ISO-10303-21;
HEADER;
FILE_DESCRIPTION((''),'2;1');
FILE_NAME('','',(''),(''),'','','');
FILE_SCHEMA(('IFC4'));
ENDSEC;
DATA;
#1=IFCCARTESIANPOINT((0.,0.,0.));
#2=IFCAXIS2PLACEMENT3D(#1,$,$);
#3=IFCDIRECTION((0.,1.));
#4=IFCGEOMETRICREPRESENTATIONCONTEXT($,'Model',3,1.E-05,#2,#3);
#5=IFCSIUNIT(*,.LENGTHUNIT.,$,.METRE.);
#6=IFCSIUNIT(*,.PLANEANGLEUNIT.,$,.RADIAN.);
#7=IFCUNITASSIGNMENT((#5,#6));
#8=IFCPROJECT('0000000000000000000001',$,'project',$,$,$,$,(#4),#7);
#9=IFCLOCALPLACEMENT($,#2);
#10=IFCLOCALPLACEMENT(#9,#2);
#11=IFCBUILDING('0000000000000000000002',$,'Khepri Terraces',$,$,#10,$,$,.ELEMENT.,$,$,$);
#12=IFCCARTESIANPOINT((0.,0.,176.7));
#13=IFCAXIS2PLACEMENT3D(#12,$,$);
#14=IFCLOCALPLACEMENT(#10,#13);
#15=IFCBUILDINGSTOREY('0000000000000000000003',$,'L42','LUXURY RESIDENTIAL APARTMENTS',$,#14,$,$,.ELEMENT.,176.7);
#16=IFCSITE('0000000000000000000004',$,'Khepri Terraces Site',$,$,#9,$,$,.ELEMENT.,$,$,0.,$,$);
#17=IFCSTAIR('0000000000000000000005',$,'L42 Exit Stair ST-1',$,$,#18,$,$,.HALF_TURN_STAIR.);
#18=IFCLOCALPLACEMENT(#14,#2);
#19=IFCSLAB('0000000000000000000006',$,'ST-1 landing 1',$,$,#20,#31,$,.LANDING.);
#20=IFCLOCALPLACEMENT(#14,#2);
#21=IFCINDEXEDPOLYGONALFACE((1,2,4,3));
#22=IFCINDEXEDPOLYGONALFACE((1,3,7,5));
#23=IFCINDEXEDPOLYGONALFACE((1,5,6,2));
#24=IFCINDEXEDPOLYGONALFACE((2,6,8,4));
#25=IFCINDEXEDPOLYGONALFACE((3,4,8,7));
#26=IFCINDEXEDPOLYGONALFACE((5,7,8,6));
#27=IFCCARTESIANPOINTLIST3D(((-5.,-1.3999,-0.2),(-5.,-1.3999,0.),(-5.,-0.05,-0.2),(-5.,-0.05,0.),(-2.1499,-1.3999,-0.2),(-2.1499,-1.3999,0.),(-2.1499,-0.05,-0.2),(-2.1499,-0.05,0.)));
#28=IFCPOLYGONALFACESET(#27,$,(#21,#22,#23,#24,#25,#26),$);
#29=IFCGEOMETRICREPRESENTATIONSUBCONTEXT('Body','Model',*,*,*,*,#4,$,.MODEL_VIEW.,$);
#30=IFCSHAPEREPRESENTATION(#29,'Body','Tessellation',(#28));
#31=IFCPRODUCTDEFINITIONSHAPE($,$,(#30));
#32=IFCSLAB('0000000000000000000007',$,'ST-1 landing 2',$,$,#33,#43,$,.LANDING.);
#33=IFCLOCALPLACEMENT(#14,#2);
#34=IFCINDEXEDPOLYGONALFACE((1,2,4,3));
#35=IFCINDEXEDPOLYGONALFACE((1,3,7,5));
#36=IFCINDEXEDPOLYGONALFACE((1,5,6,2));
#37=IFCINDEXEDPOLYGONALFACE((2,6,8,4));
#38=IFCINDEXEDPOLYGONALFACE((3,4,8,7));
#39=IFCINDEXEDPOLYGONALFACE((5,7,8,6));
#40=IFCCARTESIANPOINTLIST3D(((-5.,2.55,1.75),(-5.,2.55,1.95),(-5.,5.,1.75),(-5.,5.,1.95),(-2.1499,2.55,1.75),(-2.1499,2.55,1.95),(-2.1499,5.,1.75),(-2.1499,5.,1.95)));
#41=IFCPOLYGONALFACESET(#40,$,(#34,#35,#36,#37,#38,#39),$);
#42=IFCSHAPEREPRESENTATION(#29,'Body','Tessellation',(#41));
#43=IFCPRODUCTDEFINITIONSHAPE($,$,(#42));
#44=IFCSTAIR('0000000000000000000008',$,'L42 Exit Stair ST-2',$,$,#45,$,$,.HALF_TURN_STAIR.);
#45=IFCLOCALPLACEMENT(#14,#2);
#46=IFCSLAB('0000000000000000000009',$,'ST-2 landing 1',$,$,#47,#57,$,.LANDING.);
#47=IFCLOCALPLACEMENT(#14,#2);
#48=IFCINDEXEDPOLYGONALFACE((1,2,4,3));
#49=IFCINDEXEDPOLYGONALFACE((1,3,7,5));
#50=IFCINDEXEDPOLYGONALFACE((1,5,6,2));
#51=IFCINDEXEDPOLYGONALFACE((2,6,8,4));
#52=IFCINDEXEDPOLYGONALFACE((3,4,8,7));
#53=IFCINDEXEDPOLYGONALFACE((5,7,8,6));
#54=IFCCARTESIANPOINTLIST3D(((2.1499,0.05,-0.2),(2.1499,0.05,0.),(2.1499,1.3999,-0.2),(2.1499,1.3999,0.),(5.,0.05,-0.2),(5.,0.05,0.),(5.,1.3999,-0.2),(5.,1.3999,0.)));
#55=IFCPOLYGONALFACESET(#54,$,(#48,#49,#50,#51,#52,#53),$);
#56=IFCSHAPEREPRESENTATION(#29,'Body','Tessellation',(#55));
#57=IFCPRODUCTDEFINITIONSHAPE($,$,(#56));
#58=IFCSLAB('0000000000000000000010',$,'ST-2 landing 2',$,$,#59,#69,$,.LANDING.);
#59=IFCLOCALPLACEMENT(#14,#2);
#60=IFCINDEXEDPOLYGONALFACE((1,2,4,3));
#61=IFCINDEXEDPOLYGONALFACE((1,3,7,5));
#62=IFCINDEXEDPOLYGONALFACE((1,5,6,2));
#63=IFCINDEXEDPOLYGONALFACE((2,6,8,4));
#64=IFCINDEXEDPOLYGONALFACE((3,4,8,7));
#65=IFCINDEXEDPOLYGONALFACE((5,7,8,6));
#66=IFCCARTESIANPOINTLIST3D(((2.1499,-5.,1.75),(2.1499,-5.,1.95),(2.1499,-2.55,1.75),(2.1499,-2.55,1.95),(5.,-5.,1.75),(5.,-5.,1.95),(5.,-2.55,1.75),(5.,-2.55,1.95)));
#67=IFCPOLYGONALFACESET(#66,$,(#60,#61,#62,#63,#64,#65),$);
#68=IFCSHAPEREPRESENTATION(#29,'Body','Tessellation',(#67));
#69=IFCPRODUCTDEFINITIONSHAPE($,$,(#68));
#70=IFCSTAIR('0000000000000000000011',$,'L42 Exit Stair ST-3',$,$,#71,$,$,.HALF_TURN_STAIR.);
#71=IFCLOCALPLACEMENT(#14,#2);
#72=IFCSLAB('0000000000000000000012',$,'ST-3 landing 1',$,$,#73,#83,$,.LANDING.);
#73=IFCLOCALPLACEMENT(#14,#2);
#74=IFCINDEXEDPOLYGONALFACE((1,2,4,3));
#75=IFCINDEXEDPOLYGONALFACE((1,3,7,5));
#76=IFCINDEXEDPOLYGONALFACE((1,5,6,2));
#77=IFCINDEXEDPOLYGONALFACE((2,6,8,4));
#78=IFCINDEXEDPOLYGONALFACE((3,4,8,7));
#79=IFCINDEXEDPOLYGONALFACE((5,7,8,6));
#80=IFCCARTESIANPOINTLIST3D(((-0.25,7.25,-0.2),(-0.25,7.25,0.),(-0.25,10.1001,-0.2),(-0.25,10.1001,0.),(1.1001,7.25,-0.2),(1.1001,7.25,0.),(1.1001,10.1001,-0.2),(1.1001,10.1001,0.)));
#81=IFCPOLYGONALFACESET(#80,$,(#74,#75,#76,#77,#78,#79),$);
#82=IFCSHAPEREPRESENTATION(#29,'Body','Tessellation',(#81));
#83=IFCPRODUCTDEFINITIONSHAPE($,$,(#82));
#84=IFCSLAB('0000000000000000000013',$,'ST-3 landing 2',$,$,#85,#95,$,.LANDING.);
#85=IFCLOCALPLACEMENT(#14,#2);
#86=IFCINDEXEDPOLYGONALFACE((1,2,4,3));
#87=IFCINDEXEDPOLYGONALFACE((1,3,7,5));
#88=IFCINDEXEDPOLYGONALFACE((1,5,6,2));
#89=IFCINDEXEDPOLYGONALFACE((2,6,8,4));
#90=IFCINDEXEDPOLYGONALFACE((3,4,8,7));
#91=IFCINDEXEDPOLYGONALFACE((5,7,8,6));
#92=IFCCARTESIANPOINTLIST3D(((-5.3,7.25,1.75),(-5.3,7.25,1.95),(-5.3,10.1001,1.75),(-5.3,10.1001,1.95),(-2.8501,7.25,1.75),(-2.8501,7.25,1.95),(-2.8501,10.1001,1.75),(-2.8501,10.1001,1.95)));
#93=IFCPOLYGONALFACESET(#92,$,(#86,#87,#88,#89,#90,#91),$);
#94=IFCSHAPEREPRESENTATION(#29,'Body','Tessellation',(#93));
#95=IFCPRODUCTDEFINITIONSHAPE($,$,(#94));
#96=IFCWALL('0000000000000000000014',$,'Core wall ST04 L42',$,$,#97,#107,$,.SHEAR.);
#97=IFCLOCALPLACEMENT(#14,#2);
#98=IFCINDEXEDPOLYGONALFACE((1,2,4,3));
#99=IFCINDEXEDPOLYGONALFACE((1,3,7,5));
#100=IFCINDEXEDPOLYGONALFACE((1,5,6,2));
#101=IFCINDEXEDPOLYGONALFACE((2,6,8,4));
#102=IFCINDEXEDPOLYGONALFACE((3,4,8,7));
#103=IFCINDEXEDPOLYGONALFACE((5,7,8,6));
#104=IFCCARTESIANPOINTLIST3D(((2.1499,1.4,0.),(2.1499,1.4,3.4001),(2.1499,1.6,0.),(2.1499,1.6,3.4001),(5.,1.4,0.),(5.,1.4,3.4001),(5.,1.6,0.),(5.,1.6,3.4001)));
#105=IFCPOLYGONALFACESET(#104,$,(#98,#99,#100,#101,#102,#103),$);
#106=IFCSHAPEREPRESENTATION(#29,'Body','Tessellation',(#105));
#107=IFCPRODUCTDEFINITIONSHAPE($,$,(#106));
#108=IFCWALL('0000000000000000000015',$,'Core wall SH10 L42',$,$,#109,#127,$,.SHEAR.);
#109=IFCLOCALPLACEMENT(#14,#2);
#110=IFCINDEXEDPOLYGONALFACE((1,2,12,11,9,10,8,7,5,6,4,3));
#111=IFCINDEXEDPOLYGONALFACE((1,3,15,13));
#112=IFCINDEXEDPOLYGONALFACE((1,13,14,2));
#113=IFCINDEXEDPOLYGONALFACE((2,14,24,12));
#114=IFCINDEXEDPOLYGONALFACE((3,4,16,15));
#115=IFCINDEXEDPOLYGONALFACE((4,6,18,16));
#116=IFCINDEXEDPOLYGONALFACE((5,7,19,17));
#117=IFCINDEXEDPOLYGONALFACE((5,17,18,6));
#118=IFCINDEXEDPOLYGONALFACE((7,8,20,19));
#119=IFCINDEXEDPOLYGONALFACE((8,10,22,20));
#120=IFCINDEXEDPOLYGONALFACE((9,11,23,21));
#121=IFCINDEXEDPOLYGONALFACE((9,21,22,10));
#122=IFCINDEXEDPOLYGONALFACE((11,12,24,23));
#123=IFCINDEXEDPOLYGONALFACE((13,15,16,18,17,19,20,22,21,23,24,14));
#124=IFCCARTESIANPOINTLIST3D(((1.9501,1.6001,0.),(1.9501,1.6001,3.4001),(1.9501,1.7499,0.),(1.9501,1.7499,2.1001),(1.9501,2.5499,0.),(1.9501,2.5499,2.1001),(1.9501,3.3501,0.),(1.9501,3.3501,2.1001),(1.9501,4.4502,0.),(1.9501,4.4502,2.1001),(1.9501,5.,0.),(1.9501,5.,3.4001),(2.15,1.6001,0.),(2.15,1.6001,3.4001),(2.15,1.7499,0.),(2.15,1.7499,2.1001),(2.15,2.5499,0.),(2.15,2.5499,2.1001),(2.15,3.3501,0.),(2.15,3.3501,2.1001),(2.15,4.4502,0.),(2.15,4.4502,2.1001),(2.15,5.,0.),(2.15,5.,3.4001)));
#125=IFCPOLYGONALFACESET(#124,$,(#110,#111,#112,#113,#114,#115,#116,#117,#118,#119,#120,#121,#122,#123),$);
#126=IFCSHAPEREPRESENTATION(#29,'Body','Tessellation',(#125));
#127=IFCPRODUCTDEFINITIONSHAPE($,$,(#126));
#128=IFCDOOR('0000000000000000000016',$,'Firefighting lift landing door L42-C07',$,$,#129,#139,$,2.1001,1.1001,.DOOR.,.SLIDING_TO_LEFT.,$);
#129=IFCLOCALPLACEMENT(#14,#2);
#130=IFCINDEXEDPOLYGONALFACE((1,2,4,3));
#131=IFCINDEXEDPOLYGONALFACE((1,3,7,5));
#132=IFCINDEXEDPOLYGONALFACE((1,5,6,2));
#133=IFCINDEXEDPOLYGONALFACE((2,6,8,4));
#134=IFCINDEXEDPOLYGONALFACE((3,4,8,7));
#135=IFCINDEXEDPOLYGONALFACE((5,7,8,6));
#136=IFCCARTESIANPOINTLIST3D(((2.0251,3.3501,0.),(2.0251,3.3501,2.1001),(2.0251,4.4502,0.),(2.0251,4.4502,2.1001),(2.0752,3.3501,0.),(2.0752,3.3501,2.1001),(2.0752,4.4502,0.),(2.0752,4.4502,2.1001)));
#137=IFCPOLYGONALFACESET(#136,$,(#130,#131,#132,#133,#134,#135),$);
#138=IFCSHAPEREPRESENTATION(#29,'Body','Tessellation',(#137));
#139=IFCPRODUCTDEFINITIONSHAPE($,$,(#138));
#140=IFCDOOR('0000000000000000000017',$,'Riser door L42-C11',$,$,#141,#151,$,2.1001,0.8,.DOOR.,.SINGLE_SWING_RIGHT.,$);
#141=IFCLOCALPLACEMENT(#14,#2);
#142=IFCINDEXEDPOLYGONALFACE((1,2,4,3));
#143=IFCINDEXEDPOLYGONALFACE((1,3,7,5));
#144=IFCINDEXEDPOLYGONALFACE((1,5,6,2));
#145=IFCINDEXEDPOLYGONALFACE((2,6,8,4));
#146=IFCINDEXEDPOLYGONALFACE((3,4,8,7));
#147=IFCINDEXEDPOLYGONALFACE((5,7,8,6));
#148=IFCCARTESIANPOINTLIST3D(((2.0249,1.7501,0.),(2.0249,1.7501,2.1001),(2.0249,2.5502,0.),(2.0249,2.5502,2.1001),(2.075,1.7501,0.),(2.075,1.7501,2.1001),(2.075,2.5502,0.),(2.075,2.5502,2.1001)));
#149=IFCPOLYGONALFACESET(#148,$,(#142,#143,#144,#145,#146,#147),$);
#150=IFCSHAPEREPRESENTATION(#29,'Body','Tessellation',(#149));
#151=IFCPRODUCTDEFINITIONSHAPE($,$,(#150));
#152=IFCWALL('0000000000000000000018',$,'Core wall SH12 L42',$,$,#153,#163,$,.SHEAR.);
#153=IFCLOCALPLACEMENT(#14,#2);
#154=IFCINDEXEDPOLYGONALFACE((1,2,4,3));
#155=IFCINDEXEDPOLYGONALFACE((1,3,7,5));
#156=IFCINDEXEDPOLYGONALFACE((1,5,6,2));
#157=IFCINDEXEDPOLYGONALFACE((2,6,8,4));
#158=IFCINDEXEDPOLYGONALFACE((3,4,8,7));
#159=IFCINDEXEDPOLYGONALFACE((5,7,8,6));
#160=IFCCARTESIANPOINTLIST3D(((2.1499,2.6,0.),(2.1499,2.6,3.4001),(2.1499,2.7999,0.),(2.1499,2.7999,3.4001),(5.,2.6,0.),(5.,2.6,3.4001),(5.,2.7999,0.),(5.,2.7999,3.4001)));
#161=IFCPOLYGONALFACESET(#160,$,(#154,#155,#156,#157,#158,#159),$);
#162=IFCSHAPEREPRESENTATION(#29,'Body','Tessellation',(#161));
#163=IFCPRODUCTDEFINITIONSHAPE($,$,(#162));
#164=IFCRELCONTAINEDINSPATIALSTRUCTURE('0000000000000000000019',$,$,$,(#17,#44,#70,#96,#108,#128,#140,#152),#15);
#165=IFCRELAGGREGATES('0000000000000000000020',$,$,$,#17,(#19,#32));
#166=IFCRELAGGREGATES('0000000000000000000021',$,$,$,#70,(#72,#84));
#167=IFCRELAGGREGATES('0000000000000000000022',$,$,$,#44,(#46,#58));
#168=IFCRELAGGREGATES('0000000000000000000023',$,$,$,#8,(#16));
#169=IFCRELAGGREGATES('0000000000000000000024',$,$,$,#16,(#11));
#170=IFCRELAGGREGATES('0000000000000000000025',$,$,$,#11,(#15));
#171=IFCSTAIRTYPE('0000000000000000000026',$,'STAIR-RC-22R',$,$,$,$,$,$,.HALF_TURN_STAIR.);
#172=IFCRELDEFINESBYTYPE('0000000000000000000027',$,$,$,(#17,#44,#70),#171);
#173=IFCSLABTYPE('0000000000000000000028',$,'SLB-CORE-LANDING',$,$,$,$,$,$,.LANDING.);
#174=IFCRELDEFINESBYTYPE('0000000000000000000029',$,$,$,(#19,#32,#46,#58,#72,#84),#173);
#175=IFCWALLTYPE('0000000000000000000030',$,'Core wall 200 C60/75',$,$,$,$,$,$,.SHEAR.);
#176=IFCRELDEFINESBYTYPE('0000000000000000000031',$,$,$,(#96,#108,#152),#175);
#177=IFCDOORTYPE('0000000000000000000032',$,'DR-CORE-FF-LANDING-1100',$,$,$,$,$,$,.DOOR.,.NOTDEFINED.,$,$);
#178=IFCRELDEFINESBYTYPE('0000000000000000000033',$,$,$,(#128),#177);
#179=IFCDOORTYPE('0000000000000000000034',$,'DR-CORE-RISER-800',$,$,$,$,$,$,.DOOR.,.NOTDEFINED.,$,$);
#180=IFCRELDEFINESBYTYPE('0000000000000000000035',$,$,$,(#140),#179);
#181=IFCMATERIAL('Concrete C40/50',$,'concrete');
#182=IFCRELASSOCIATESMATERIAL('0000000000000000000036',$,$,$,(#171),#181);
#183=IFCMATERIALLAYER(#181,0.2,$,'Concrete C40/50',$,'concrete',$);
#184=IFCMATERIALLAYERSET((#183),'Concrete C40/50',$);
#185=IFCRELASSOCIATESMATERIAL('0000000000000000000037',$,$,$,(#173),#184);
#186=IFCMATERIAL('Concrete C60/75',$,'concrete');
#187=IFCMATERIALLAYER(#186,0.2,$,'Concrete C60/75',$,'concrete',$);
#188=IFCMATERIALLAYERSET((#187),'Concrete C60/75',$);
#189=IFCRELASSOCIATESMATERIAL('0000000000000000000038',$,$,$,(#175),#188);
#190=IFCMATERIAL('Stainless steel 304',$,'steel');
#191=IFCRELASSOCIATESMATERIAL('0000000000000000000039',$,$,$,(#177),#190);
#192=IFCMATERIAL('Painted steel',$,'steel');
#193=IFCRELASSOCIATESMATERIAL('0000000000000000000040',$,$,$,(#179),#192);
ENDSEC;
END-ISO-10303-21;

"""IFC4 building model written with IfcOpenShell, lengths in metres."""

from ifc_helpers import new_model, si_unit, direction, frame, frame_2d, origin, place, context, subcontext, project, spatial, polyline, rectangle, outline, extrude, material, layer, layer_set, type_object, element, fill, aggregate, save


model = new_model("IFC4")

# Units and contexts
model_context = context("Model", 3, precision=1e-05, world=origin(), true_north=direction((0.0, 1.0)))
body_context = subcontext(model_context, "Body", "Model", "MODEL_VIEW")
ifc_project = project(units=[si_unit("LENGTHUNIT", "METRE"), si_unit("PLANEANGLEUNIT", "RADIAN")], contexts=[model_context])

# Site, building, storey
site_placement = place(None, origin())
site = spatial("IfcSite", under=ifc_project, at=site_placement, Name="Khepri Terraces Site", CompositionType="ELEMENT", RefElevation=0.0)
building_placement = place(site_placement, origin())
building = spatial("IfcBuilding", under=site, at=building_placement, Name="Khepri Terraces", CompositionType="ELEMENT")
storey_placement = place(building_placement, frame((0.0, 0.0, 176.7)))
storey = spatial("IfcBuildingStorey", under=building, at=storey_placement, Name="L42", Description="LUXURY RESIDENTIAL APARTMENTS", CompositionType="ELEMENT", Elevation=176.7)

# Stairs, slabs
ifc_material_1 = material(Name="Concrete C40/50", Category="concrete")
stair_type = type_object("IfcStairType", Name="STAIR-RC-22R", PredefinedType="HALF_TURN_STAIR", material=ifc_material_1)
stair_1_placement = place(storey_placement, origin())
stair_1 = element("IfcStair", 1, at=stair_1_placement, inside=storey, type_object=stair_type, Name="L42 Exit Stair ST-1", PredefinedType="HALF_TURN_STAIR")
ifc_layer_1 = layer(ifc_material_1, 0.2, Name="Concrete C40/50", Category="concrete")
ifc_layer_set_1 = layer_set([ifc_layer_1], Name="Concrete C40/50")
slab_type = type_object("IfcSlabType", Name="SLB-CORE-LANDING", PredefinedType="LANDING", material=ifc_layer_set_1)
slab_1_placement = place(storey_placement, frame((0.0, 0.0, -0.2)))
slab_1 = element("IfcSlab", 2, at=slab_1_placement, type_object=slab_type, Name="ST-1 landing 1", PredefinedType="LANDING", context=body_context, shape_type="SweptSolid", body=[
    extrude(outline(polyline([(-2.1499, -1.3999), (-2.1499, -0.05), (-5.0, -0.05), (-5.0, -1.3999), (-2.1499, -1.3999)])), origin(), (0.0, 0.0, 1.0), 0.2),
])
slab_2_placement = place(storey_placement, frame((0.0, 0.0, 1.75)))
slab_2 = element("IfcSlab", 3, at=slab_2_placement, type_object=slab_type, Name="ST-1 landing 2", PredefinedType="LANDING", context=body_context, shape_type="SweptSolid", body=[
    extrude(outline(polyline([(-2.1499, 2.55), (-2.1499, 5.0), (-5.0, 5.0), (-5.0, 2.55), (-2.1499, 2.55)])), origin(), (0.0, 0.0, 1.0), 0.2),
])
aggregate(stair_1, [slab_1, slab_2])
stair_2_placement = place(storey_placement, origin())
stair_2 = element("IfcStair", 4, at=stair_2_placement, inside=storey, type_object=stair_type, Name="L42 Exit Stair ST-2", PredefinedType="HALF_TURN_STAIR")
slab_3_placement = place(storey_placement, frame((0.0, 0.0, -0.2)))
slab_3 = element("IfcSlab", 5, at=slab_3_placement, type_object=slab_type, Name="ST-2 landing 1", PredefinedType="LANDING", context=body_context, shape_type="SweptSolid", body=[
    extrude(outline(polyline([(2.1499, 1.3999), (2.1499, 0.05), (5.0, 0.05), (5.0, 1.3999), (2.1499, 1.3999)])), origin(), (0.0, 0.0, 1.0), 0.2),
])
slab_4_placement = place(storey_placement, frame((0.0, 0.0, 1.75)))
slab_4 = element("IfcSlab", 6, at=slab_4_placement, type_object=slab_type, Name="ST-2 landing 2", PredefinedType="LANDING", context=body_context, shape_type="SweptSolid", body=[
    extrude(outline(polyline([(2.1499, -2.55), (2.1499, -5.0), (5.0, -5.0), (5.0, -2.55), (2.1499, -2.55)])), origin(), (0.0, 0.0, 1.0), 0.2),
])
stair_3_placement = place(storey_placement, origin())
stair_3 = element("IfcStair", 7, at=stair_3_placement, inside=storey, type_object=stair_type, Name="L42 Exit Stair ST-3", PredefinedType="HALF_TURN_STAIR")
slab_5_placement = place(storey_placement, frame((0.0, 0.0, -0.2)))
slab_5 = element("IfcSlab", 8, at=slab_5_placement, type_object=slab_type, Name="ST-3 landing 1", PredefinedType="LANDING", context=body_context, shape_type="SweptSolid", body=[
    extrude(outline(polyline([(1.1001, 10.1001), (-0.25, 10.1001), (-0.25, 7.25), (1.1001, 7.25), (1.1001, 10.1001)])), origin(), (0.0, 0.0, 1.0), 0.2),
])
slab_6_placement = place(storey_placement, frame((0.0, 0.0, 1.75)))
slab_6 = element("IfcSlab", 9, at=slab_6_placement, type_object=slab_type, Name="ST-3 landing 2", PredefinedType="LANDING", context=body_context, shape_type="SweptSolid", body=[
    extrude(outline(polyline([(-2.8501, 10.1001), (-5.3, 10.1001), (-5.3, 7.25), (-2.8501, 7.25), (-2.8501, 10.1001)])), origin(), (0.0, 0.0, 1.0), 0.2),
])
aggregate(stair_3, [slab_5, slab_6])

# Wall
ifc_material_2 = material(Name="Concrete C60/75", Category="concrete")
ifc_layer_2 = layer(ifc_material_2, 0.2, Name="Concrete C60/75", Category="concrete")
ifc_layer_set_2 = layer_set([ifc_layer_2], Name="Concrete C60/75")
wall_type = type_object("IfcWallType", Name="Core wall 200 C60/75", PredefinedType="SHEAR", material=ifc_layer_set_2)
wall_1_placement = place(storey_placement, frame((2.1499, 1.5, 0.0), z_axis=(0.0, 0.0, 1.0), x_axis=(1.0, 0.0, 0.0)))
element("IfcWall", 10, at=wall_1_placement, inside=storey, type_object=wall_type, Name="Core wall ST04 L42", PredefinedType="SHEAR", context=body_context, shape_type="SweptSolid", body=[
    extrude(rectangle(XDim=2.8501, YDim=0.2, at=frame_2d((1.425, 0.0))), origin(), (0.0, 0.0, 1.0), 3.4001),
])

# Wall, openings, doors
wall_2_placement = place(storey_placement, frame((2.05, 1.6001, 0.0), z_axis=(0.0, 0.0, 1.0), x_axis=(0.0, 1.0, 0.0)))
wall_2 = element("IfcWall", 11, at=wall_2_placement, inside=storey, type_object=wall_type, Name="Core wall SH10 L42", PredefinedType="SHEAR", context=body_context, shape_type="SweptSolid", body=[
    extrude(rectangle(XDim=3.3999, YDim=0.2, at=frame_2d((1.7, 0.0))), origin(), (0.0, 0.0, 1.0), 3.4001),
])
opening_1_placement = place(wall_2_placement, frame((1.75, 0.0, 0.0)))
opening_1 = element("IfcOpeningElement", 12, at=opening_1_placement, cuts=wall_2, PredefinedType="OPENING", context=body_context, shape_type="SweptSolid", body=[
    extrude(rectangle(XDim=1.1001, YDim=2.1001, at=frame_2d((0.55, 1.05))), frame((0.0, 0.1099, 0.0), z_axis=(0.0, -1.0, 0.0), x_axis=(1.0, 0.0, 0.0)), (0.0, 0.0, 1.0), 0.22),
])
opening_2_placement = place(wall_2_placement, frame((0.1499, 0.0, 0.0)))
opening_2 = element("IfcOpeningElement", 13, at=opening_2_placement, cuts=wall_2, PredefinedType="OPENING", context=body_context, shape_type="SweptSolid", body=[
    extrude(rectangle(XDim=0.8, YDim=2.1001, at=frame_2d((0.3999, 1.05))), frame((0.0, 0.1099, 0.0), z_axis=(0.0, -1.0, 0.0), x_axis=(1.0, 0.0, 0.0)), (0.0, 0.0, 1.0), 0.22),
])
ifc_material_3 = material(Name="Stainless steel 304", Category="steel")
door_type_1 = type_object("IfcDoorType", Name="DR-CORE-FF-LANDING-1100", OperationType="NOTDEFINED", PredefinedType="DOOR", material=ifc_material_3)
door_1_placement = place(opening_1_placement, origin())
door_1 = element("IfcDoor", 14, at=door_1_placement, inside=storey, type_object=door_type_1, Name="Firefighting lift landing door L42-C07", OperationType="SLIDING_TO_LEFT", OverallHeight=2.1001, OverallWidth=1.1001, PredefinedType="DOOR", context=body_context, shape_type="SweptSolid", body=[
    extrude(rectangle(XDim=1.1001, YDim=2.1001, at=frame_2d((0.55, 1.05))), frame((0.0, 0.0249, 0.0), z_axis=(0.0, -1.0, 0.0), x_axis=(1.0, 0.0, 0.0)), (0.0, 0.0, 1.0), 0.05),
])
fill(opening_1, door_1)
ifc_material_4 = material(Name="Painted steel", Category="steel")
door_type_2 = type_object("IfcDoorType", Name="DR-CORE-RISER-800", OperationType="NOTDEFINED", PredefinedType="DOOR", material=ifc_material_4)
door_2_placement = place(opening_2_placement, frame((0.8, 0.0, 0.0), z_axis=(0.0, 0.0, 1.0), x_axis=(-1.0, 0.0, 0.0)))
door_2 = element("IfcDoor", 15, at=door_2_placement, inside=storey, type_object=door_type_2, Name="Riser door L42-C11", OperationType="SINGLE_SWING_RIGHT", OverallHeight=2.1001, OverallWidth=0.8, PredefinedType="DOOR", context=body_context, shape_type="SweptSolid", body=[
    extrude(rectangle(XDim=0.8, YDim=2.1001, at=frame_2d((0.3999, 1.05))), frame((0.0, 0.0249, 0.0), z_axis=(0.0, -1.0, 0.0), x_axis=(1.0, 0.0, 0.0)), (0.0, 0.0, 1.0), 0.05),
])
fill(opening_2, door_2)

# Wall
wall_3_placement = place(storey_placement, frame((2.1499, 2.7, 0.0), z_axis=(0.0, 0.0, 1.0), x_axis=(1.0, 0.0, 0.0)))
element("IfcWall", 16, at=wall_3_placement, inside=storey, type_object=wall_type, Name="Core wall SH12 L42", PredefinedType="SHEAR", context=body_context, shape_type="SweptSolid", body=[
    extrude(rectangle(XDim=2.8501, YDim=0.2, at=frame_2d((1.425, 0.0))), origin(), (0.0, 0.0, 1.0), 3.4001),
])

aggregate(stair_2, [slab_3, slab_4])

save(model, "model.ifc")
